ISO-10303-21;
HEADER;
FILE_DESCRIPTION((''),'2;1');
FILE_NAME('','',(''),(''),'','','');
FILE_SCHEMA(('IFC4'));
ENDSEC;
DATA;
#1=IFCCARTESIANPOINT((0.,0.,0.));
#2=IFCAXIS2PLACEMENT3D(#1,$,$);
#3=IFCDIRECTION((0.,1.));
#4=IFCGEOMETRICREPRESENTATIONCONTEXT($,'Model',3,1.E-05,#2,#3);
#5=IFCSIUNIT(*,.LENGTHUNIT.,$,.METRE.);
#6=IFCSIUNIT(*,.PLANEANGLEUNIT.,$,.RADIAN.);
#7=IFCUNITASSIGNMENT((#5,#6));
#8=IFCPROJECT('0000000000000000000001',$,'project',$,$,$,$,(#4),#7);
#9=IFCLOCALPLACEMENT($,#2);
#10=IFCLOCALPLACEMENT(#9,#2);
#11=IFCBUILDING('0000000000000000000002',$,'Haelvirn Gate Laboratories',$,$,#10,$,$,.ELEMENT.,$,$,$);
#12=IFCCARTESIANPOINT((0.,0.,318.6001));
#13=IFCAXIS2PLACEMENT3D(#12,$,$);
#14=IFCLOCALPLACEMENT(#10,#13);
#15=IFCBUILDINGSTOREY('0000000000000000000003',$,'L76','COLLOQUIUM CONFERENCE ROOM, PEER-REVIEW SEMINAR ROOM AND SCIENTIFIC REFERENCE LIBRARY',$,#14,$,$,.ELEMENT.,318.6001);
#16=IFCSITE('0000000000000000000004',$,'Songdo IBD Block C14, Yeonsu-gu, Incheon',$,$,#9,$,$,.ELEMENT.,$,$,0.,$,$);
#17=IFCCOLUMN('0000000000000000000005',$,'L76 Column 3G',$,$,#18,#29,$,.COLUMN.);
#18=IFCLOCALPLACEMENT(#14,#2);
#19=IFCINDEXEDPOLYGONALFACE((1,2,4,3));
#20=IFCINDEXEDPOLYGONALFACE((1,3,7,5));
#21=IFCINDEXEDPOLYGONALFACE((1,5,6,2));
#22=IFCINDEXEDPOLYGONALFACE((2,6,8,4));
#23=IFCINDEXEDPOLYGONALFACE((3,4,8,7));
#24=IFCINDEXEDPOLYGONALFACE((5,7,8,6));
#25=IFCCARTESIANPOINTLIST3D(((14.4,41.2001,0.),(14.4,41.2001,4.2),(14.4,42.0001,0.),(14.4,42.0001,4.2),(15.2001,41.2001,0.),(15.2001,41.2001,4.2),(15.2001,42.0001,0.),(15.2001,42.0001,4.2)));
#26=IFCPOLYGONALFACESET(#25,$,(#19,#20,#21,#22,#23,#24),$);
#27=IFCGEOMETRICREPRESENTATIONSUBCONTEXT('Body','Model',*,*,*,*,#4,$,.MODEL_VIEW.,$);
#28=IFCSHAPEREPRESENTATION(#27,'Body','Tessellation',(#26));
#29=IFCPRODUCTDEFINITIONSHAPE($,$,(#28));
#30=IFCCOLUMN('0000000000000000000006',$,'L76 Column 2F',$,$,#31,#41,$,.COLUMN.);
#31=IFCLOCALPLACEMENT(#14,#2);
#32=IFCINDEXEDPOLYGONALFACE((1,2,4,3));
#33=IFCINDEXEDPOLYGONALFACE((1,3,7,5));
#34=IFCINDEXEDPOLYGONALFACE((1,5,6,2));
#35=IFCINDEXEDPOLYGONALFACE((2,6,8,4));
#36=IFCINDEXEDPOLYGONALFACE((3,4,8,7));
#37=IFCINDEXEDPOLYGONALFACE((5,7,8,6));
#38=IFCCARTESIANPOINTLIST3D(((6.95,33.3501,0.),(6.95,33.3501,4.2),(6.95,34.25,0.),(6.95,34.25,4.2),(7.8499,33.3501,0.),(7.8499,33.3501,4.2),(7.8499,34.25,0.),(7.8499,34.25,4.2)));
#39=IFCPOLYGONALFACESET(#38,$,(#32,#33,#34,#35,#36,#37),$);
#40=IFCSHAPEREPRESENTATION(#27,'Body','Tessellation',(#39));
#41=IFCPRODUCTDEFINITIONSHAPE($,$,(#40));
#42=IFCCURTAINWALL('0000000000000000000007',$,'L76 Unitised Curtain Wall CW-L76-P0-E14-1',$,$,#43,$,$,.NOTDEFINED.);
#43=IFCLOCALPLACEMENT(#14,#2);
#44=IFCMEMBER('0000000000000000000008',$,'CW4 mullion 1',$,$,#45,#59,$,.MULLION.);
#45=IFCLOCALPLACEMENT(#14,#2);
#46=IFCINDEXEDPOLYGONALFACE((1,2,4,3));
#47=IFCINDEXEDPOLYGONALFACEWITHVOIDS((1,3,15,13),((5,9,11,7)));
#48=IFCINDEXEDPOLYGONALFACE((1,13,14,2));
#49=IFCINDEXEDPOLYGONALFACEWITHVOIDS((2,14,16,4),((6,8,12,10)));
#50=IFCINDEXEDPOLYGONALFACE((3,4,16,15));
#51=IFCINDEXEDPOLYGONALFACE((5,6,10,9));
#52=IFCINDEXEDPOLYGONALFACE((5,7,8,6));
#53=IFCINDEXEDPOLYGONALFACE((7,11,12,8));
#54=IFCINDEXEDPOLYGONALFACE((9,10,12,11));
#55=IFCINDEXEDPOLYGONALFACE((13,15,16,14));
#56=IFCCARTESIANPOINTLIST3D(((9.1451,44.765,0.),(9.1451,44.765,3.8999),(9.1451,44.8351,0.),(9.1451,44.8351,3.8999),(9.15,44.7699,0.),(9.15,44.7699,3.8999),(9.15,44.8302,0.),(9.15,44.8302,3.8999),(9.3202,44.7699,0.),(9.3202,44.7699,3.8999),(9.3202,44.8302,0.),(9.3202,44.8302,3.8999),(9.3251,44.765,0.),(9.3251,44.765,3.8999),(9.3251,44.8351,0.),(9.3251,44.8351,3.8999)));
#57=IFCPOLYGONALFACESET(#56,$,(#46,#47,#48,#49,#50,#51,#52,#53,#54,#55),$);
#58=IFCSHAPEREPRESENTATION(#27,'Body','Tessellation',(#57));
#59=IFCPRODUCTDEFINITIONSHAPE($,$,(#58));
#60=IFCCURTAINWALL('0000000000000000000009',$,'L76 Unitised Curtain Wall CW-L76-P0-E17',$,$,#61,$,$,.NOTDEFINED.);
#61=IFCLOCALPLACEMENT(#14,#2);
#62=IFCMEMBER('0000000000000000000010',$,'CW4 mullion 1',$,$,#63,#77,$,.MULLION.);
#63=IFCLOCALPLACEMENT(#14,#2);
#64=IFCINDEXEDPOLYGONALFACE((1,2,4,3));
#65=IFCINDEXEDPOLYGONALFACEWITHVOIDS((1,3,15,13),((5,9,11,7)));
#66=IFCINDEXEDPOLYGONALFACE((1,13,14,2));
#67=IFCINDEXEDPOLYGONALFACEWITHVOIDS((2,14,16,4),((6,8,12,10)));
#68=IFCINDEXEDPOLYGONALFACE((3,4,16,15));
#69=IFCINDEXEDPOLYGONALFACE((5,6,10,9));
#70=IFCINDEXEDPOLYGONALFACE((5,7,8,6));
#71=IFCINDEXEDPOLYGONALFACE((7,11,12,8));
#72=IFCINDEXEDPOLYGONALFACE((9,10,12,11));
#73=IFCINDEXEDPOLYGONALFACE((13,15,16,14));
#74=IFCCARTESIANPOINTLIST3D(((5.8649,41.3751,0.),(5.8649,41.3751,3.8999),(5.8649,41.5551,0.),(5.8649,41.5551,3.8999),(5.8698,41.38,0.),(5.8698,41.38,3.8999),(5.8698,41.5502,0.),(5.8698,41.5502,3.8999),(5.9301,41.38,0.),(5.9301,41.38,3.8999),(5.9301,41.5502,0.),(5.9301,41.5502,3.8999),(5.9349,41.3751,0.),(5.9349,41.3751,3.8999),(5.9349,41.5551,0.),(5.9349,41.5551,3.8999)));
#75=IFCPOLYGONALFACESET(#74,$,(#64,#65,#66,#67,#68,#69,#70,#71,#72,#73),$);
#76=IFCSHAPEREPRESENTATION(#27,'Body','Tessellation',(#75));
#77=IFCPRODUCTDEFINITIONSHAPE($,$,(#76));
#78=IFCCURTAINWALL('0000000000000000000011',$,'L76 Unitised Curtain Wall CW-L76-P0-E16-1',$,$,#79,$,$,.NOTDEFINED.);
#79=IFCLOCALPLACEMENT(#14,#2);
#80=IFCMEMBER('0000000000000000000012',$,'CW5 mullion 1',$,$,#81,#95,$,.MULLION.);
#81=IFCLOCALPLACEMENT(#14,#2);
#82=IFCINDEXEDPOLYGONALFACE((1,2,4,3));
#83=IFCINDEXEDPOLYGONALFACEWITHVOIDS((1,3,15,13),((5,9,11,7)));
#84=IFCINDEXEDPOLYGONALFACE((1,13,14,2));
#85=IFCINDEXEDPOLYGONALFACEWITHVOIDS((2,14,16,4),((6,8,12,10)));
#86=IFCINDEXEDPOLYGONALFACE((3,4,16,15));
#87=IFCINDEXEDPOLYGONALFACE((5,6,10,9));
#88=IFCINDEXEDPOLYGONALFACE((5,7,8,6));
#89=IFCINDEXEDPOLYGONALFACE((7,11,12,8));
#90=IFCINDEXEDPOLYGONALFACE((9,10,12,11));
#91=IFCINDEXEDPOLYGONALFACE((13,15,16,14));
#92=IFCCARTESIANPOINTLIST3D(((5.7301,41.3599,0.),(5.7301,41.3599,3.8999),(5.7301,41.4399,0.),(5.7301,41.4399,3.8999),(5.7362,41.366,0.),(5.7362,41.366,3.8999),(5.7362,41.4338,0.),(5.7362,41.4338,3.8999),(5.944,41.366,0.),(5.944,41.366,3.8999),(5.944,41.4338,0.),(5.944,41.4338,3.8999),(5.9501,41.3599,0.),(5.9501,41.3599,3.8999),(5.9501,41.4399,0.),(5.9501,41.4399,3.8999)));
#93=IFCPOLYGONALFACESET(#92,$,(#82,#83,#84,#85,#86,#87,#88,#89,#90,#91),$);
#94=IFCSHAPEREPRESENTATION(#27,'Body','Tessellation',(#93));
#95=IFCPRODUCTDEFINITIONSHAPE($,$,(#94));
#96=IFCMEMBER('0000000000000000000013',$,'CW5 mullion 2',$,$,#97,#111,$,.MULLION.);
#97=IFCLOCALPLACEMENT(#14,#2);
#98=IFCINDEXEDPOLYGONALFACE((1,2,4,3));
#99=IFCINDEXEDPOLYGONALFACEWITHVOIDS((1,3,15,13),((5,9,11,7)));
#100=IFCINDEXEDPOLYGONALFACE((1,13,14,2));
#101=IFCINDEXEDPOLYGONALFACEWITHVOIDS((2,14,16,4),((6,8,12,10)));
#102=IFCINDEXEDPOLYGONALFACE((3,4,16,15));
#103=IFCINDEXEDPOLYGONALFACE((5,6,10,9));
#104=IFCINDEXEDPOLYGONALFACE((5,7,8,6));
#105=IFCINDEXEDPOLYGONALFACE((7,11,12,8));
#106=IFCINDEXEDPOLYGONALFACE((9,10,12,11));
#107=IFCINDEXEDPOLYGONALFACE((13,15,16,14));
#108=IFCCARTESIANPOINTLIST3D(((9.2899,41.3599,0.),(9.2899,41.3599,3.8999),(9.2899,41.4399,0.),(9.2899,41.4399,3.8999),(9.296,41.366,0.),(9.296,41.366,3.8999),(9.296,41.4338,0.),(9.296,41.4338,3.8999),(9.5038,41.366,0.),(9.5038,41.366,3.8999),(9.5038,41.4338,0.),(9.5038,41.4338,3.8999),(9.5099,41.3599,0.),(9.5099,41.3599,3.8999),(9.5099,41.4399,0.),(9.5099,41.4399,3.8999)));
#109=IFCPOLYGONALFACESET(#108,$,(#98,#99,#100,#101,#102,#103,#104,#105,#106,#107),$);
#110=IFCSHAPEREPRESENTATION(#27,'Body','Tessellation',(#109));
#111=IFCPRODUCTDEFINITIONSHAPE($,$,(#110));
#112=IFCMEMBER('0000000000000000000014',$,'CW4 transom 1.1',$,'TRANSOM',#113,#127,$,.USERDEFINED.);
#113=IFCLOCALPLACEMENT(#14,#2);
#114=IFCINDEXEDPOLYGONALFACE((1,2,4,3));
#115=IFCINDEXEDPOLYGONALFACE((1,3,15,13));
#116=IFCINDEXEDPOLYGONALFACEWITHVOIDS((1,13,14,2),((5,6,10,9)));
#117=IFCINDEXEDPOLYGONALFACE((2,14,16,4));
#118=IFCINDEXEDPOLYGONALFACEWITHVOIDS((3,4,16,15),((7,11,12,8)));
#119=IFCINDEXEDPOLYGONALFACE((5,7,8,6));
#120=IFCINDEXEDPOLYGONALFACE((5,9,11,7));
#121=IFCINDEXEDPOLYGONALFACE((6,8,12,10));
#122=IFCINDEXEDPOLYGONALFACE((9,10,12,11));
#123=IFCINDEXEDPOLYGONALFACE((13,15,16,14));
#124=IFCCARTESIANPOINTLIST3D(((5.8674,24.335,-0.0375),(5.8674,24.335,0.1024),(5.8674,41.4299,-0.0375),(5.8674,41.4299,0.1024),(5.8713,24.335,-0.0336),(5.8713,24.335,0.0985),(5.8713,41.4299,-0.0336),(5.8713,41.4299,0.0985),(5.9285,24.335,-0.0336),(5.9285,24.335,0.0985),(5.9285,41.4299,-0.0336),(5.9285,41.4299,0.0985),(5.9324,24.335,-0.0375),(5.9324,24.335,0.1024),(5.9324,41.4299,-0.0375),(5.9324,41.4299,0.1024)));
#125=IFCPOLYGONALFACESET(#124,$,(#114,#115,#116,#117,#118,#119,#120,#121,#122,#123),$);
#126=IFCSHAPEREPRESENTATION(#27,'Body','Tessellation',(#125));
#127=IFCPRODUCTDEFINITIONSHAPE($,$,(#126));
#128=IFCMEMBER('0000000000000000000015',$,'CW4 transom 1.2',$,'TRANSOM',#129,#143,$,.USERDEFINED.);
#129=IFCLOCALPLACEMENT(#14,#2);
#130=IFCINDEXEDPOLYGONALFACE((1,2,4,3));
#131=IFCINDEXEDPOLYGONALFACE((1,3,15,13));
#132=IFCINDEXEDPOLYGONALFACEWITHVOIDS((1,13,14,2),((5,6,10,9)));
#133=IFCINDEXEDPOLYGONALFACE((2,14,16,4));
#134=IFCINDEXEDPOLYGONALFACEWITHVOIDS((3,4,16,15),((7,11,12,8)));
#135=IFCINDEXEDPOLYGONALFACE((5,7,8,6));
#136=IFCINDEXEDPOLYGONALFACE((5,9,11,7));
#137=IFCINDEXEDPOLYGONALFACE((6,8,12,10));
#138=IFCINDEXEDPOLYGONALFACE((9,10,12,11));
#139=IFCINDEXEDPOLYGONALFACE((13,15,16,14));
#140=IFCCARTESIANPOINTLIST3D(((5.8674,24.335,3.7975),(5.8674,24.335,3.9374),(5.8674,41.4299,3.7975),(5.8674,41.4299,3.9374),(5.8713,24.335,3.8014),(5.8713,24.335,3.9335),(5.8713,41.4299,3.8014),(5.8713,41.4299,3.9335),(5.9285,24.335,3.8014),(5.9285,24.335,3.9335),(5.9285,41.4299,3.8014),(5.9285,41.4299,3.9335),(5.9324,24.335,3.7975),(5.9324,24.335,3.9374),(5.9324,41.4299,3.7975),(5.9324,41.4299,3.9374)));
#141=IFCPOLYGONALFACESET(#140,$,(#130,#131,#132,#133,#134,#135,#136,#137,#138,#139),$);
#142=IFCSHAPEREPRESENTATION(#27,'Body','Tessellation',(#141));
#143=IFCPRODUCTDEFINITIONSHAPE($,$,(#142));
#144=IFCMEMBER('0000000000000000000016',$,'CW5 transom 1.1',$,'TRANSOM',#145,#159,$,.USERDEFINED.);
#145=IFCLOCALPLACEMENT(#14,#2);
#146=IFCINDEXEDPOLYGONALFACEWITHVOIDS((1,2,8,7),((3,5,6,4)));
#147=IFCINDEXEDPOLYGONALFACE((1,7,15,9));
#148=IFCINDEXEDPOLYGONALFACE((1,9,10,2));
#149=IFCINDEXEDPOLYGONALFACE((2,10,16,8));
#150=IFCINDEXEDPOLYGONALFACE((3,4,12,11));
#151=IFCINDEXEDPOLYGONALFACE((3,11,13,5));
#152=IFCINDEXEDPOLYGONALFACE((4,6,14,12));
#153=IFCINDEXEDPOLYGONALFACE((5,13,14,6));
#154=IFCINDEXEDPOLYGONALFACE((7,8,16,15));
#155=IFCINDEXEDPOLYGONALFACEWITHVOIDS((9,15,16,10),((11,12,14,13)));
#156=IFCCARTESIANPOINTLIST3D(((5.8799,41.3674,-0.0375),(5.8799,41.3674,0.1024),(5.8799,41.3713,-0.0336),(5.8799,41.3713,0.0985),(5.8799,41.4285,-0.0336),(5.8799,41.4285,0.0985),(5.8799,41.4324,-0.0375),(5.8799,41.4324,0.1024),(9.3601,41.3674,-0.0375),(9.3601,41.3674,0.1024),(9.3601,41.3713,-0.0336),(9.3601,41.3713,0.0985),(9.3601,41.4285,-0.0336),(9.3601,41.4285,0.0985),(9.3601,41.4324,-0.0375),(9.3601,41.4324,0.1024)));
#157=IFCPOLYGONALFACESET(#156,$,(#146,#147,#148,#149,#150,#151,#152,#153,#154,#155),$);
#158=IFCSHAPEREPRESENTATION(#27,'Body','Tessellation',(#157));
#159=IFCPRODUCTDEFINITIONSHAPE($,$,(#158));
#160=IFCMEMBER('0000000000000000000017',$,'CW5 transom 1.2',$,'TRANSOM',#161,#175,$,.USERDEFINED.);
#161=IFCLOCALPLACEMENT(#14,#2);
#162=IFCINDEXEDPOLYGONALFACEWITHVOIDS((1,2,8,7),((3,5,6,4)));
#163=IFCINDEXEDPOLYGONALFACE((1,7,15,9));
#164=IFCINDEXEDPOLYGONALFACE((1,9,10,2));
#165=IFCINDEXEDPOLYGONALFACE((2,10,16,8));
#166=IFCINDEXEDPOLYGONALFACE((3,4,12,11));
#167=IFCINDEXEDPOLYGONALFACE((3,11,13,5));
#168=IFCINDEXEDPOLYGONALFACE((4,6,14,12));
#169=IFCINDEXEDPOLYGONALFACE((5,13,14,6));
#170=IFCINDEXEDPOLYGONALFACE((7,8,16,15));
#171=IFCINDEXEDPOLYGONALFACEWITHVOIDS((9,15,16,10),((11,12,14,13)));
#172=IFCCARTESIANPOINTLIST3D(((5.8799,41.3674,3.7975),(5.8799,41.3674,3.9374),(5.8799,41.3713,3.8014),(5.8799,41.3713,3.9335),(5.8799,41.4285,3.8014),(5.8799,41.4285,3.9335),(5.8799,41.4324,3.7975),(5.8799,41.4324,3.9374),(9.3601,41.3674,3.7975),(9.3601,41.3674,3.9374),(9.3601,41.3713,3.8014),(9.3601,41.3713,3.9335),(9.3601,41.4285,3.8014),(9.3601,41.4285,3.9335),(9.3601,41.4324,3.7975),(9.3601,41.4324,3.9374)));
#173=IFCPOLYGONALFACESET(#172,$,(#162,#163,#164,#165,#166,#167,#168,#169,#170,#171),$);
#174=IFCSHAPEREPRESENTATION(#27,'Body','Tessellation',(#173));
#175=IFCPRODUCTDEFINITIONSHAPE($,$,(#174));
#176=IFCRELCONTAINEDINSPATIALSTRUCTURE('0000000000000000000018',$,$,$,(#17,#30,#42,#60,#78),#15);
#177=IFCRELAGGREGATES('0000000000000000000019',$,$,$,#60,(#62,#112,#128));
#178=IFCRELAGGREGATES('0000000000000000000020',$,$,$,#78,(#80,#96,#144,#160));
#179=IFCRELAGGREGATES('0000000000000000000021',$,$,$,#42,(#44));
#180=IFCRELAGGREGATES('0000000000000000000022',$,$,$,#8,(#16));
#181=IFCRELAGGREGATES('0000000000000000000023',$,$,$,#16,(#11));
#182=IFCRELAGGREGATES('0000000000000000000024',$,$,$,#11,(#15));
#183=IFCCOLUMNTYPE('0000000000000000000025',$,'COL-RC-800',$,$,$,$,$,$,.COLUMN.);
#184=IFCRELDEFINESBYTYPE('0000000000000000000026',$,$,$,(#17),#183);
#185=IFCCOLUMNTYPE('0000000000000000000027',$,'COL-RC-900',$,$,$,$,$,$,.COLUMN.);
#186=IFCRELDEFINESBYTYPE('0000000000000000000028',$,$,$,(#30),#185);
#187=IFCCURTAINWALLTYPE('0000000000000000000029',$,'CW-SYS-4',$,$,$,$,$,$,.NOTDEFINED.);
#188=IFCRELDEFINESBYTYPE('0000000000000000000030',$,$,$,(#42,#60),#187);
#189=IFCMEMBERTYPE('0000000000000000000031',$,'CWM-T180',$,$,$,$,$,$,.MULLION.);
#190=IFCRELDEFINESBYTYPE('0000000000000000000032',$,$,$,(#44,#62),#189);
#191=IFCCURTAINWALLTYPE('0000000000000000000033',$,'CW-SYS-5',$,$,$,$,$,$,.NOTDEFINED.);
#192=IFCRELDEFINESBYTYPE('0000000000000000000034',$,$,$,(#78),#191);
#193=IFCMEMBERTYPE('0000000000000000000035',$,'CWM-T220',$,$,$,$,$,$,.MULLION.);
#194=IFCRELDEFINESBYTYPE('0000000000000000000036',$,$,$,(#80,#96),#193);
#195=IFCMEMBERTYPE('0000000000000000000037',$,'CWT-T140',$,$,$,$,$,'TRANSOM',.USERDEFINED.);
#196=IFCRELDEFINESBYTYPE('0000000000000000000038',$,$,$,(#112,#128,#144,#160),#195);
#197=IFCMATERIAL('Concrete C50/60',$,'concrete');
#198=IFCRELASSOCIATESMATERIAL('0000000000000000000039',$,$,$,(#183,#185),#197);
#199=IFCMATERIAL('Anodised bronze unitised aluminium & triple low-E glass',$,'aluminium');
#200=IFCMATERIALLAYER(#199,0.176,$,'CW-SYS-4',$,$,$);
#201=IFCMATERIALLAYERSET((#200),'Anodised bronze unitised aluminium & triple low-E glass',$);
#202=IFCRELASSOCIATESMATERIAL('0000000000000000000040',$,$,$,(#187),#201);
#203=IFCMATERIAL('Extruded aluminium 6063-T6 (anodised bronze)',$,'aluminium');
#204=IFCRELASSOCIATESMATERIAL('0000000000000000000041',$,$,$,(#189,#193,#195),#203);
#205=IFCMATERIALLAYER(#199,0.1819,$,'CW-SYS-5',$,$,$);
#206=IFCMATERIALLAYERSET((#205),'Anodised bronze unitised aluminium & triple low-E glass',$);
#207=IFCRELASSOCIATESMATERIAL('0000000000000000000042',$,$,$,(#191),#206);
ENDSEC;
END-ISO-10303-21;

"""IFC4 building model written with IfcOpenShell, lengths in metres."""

from ifc_helpers import new_model, si_unit, direction, frame, origin, origin_2d, place, context, subcontext, project, spatial, rectangle, hollow_rectangle, extrude, source, transform, mapped, material, layer, layer_set, material_profile, profile_set, type_object, type_shapes, element, aggregate, save


model = new_model("IFC4")

# Units and contexts
model_context = context("Model", 3, precision=1e-05, world=origin(), true_north=direction((0.0, 1.0)))
body_context = subcontext(model_context, "Body", "Model", "MODEL_VIEW")
ifc_project = project(units=[si_unit("LENGTHUNIT", "METRE"), si_unit("PLANEANGLEUNIT", "RADIAN")], contexts=[model_context])

# Site, building, storey
site_placement = place(None, origin())
site = spatial("IfcSite", under=ifc_project, at=site_placement, Name="Songdo IBD Block C14, Yeonsu-gu, Incheon", CompositionType="ELEMENT", RefElevation=0.0)
building_placement = place(site_placement, origin())
building = spatial("IfcBuilding", under=site, at=building_placement, Name="Haelvirn Gate Laboratories", CompositionType="ELEMENT")
storey_placement = place(building_placement, frame((0.0, 0.0, 318.6001)))
storey = spatial("IfcBuildingStorey", under=building, at=storey_placement, Name="L76", Description="COLLOQUIUM CONFERENCE ROOM, PEER-REVIEW SEMINAR ROOM AND SCIENTIFIC REFERENCE LIBRARY", CompositionType="ELEMENT", Elevation=318.6001)

# Columns
ifc_material_1 = material(Name="Concrete C50/60", Category="concrete")
ifc_material_profile_1 = material_profile(ifc_material_1, rectangle(XDim=0.8, YDim=0.8, at=origin_2d()), Name="RC-800x800")
ifc_profile_set_1 = profile_set([ifc_material_profile_1], Name="Concrete C50/60")
column_type_1 = type_object("IfcColumnType", Name="COL-RC-800", PredefinedType="COLUMN", material=ifc_profile_set_1)
shared_shape_1 = source(origin(), body_context, "Body", "SweptSolid", [
    extrude(rectangle(XDim=0.8, YDim=0.8, at=origin_2d()), origin(), (0.0, 0.0, 1.0), 4.2),
])
type_shapes(column_type_1, [shared_shape_1])
column_1_placement = place(storey_placement, frame((14.8, 41.6001, 0.0), z_axis=(0.0, 0.0, 1.0), x_axis=(1.0, 0.0, 0.0)))
element("IfcColumn", 1, at=column_1_placement, inside=storey, type_object=column_type_1, Name="L76 Column 3G", PredefinedType="COLUMN", context=body_context, shape_type="MappedRepresentation", body=[
    mapped(shared_shape_1, transform((0.0, 0.0, 0.0), scale=1.0)),
])
ifc_material_profile_2 = material_profile(ifc_material_1, rectangle(XDim=0.8999, YDim=0.8999, at=origin_2d()), Name="RC-900x900")
ifc_profile_set_2 = profile_set([ifc_material_profile_2], Name="Concrete C50/60")
column_type_2 = type_object("IfcColumnType", Name="COL-RC-900", PredefinedType="COLUMN", material=ifc_profile_set_2)
shared_shape_2 = source(origin(), body_context, "Body", "SweptSolid", [
    extrude(rectangle(XDim=0.8999, YDim=0.8999, at=origin_2d()), origin(), (0.0, 0.0, 1.0), 4.2),
])
type_shapes(column_type_2, [shared_shape_2])
column_2_placement = place(storey_placement, frame((7.3999, 33.8, 0.0), z_axis=(0.0, 0.0, 1.0), x_axis=(1.0, 0.0, 0.0)))
element("IfcColumn", 2, at=column_2_placement, inside=storey, type_object=column_type_2, Name="L76 Column 2F", PredefinedType="COLUMN", context=body_context, shape_type="MappedRepresentation", body=[
    mapped(shared_shape_2, transform((0.0, 0.0, 0.0), scale=1.0)),
])

# Curtain walls, members
ifc_material_2 = material(Name="Anodised bronze unitised aluminium & triple low-E glass", Category="aluminium")
ifc_layer_1 = layer(ifc_material_2, 0.176, Name="CW-SYS-4")
ifc_layer_set_1 = layer_set([ifc_layer_1], Name="Anodised bronze unitised aluminium & triple low-E glass")
curtain_wall_type_1 = type_object("IfcCurtainWallType", Name="CW-SYS-4", PredefinedType="NOTDEFINED", material=ifc_layer_set_1)
curtain_wall_1_placement = place(storey_placement, origin())
curtain_wall_1 = element("IfcCurtainWall", 3, at=curtain_wall_1_placement, inside=storey, type_object=curtain_wall_type_1, Name="L76 Unitised Curtain Wall CW-L76-P0-E14-1", PredefinedType="NOTDEFINED")
ifc_material_3 = material(Name="Extruded aluminium 6063-T6 (anodised bronze)", Category="aluminium")
ifc_material_profile_3 = material_profile(ifc_material_3, hollow_rectangle(XDim=0.0701, YDim=0.1799, WallThickness=0.0049, at=origin_2d()), Name="CWM-180x70x5")
ifc_profile_set_3 = profile_set([ifc_material_profile_3], Name="Extruded aluminium 6063-T6 (anodised bronze)")
member_type_1 = type_object("IfcMemberType", Name="CWM-T180", PredefinedType="MULLION", material=ifc_profile_set_3)
shared_shape_3 = source(origin(), body_context, "Body", "SweptSolid", [
    extrude(hollow_rectangle(XDim=0.0701, YDim=0.1799, WallThickness=0.0049, at=origin_2d()), origin(), (0.0, 0.0, 1.0), 3.8999),
])
type_shapes(member_type_1, [shared_shape_3])
member_1_placement = place(storey_placement, frame((9.2351, 44.8, 0.0), z_axis=(0.0, 0.0, 1.0), x_axis=(0.0, 1.0, 0.0)))
member_1 = element("IfcMember", 4, at=member_1_placement, type_object=member_type_1, Name="CW4 mullion 1", PredefinedType="MULLION", context=body_context, shape_type="MappedRepresentation", body=[
    mapped(shared_shape_3, transform((0.0, 0.0, 0.0), scale=1.0)),
])
curtain_wall_2_placement = place(storey_placement, origin())
curtain_wall_2 = element("IfcCurtainWall", 5, at=curtain_wall_2_placement, inside=storey, type_object=curtain_wall_type_1, Name="L76 Unitised Curtain Wall CW-L76-P0-E17", PredefinedType="NOTDEFINED")
member_2_placement = place(storey_placement, frame((5.8999, 41.4651, 0.0), z_axis=(0.0, 0.0, 1.0), x_axis=(1.0, 0.0, 0.0)))
member_2 = element("IfcMember", 6, at=member_2_placement, type_object=member_type_1, Name="CW4 mullion 1", PredefinedType="MULLION", context=body_context, shape_type="MappedRepresentation", body=[
    mapped(shared_shape_3, transform((0.0, 0.0, 0.0), scale=1.0)),
])

# Curtain wall, members
ifc_layer_2 = layer(ifc_material_2, 0.1819, Name="CW-SYS-5")
ifc_layer_set_2 = layer_set([ifc_layer_2], Name="Anodised bronze unitised aluminium & triple low-E glass")
curtain_wall_type_2 = type_object("IfcCurtainWallType", Name="CW-SYS-5", PredefinedType="NOTDEFINED", material=ifc_layer_set_2)
curtain_wall_3_placement = place(storey_placement, origin())
curtain_wall_3 = element("IfcCurtainWall", 7, at=curtain_wall_3_placement, inside=storey, type_object=curtain_wall_type_2, Name="L76 Unitised Curtain Wall CW-L76-P0-E16-1", PredefinedType="NOTDEFINED")
ifc_material_profile_4 = material_profile(ifc_material_3, hollow_rectangle(XDim=0.0801, YDim=0.22, WallThickness=0.0061, at=origin_2d()), Name="CWM-220x80x6")
ifc_profile_set_4 = profile_set([ifc_material_profile_4], Name="Extruded aluminium 6063-T6 (anodised bronze)")
member_type_2 = type_object("IfcMemberType", Name="CWM-T220", PredefinedType="MULLION", material=ifc_profile_set_4)
shared_shape_4 = source(origin(), body_context, "Body", "SweptSolid", [
    extrude(hollow_rectangle(XDim=0.0801, YDim=0.22, WallThickness=0.0061, at=origin_2d()), origin(), (0.0, 0.0, 1.0), 3.8999),
])
type_shapes(member_type_2, [shared_shape_4])
member_3_placement = place(storey_placement, frame((5.8401, 41.3999, 0.0), z_axis=(0.0, 0.0, 1.0), x_axis=(0.0, 1.0, 0.0)))
member_3 = element("IfcMember", 8, at=member_3_placement, type_object=member_type_2, Name="CW5 mullion 1", PredefinedType="MULLION", context=body_context, shape_type="MappedRepresentation", body=[
    mapped(shared_shape_4, transform((0.0, 0.0, 0.0), scale=1.0)),
])
member_4_placement = place(storey_placement, frame((9.3999, 41.3999, 0.0), z_axis=(0.0, 0.0, 1.0), x_axis=(0.0, 1.0, 0.0)))
member_4 = element("IfcMember", 9, at=member_4_placement, type_object=member_type_2, Name="CW5 mullion 2", PredefinedType="MULLION", context=body_context, shape_type="MappedRepresentation", body=[
    mapped(shared_shape_4, transform((0.0, 0.0, 0.0), scale=1.0)),
])

# Members
ifc_material_profile_5 = material_profile(ifc_material_3, hollow_rectangle(XDim=0.0649, YDim=0.1399, WallThickness=0.0039, at=origin_2d()), Name="CWT-140x65x4")
ifc_profile_set_5 = profile_set([ifc_material_profile_5], Name="Extruded aluminium 6063-T6 (anodised bronze)")
member_type_3 = type_object("IfcMemberType", Name="CWT-T140", ElementType="TRANSOM", PredefinedType="USERDEFINED", material=ifc_profile_set_5)
shared_shape_5 = source(origin(), body_context, "Body", "SweptSolid", [
    extrude(hollow_rectangle(XDim=0.0649, YDim=0.1399, WallThickness=0.0039, at=origin_2d()), origin(), (0.0, 0.0, 1.0), 17.095),
])
member_5_placement = place(storey_placement, frame((5.8999, 41.4299, 0.0325), z_axis=(0.0, -1.0, 0.0), x_axis=(1.0, 0.0, 0.0)))
member_5 = element("IfcMember", 10, at=member_5_placement, type_object=member_type_3, Name="CW4 transom 1.1", ObjectType="TRANSOM", PredefinedType="USERDEFINED", context=body_context, shape_type="MappedRepresentation", body=[
    mapped(shared_shape_5, transform((0.0, 0.0, 0.0), scale=1.0)),
])
member_6_placement = place(storey_placement, frame((5.8999, 41.4299, 3.8674), z_axis=(0.0, -1.0, 0.0), x_axis=(1.0, 0.0, 0.0)))
member_6 = element("IfcMember", 11, at=member_6_placement, type_object=member_type_3, Name="CW4 transom 1.2", ObjectType="TRANSOM", PredefinedType="USERDEFINED", context=body_context, shape_type="MappedRepresentation", body=[
    mapped(shared_shape_5, transform((0.0, 0.0, 0.0), scale=1.0)),
])
aggregate(curtain_wall_2, [member_2, member_5, member_6])
shared_shape_6 = source(origin(), body_context, "Body", "SweptSolid", [
    extrude(hollow_rectangle(XDim=0.0649, YDim=0.1399, WallThickness=0.0039, at=origin_2d()), origin(), (0.0, 0.0, 1.0), 3.4802),
])
member_7_placement = place(storey_placement, frame((5.8799, 41.3999, 0.0325), z_axis=(1.0, 0.0, 0.0), x_axis=(0.0, 1.0, 0.0)))
member_7 = element("IfcMember", 12, at=member_7_placement, type_object=member_type_3, Name="CW5 transom 1.1", ObjectType="TRANSOM", PredefinedType="USERDEFINED", context=body_context, shape_type="MappedRepresentation", body=[
    mapped(shared_shape_6, transform((0.0, 0.0, 0.0), scale=1.0)),
])
member_8_placement = place(storey_placement, frame((5.8799, 41.3999, 3.8674), z_axis=(1.0, 0.0, 0.0), x_axis=(0.0, 1.0, 0.0)))
member_8 = element("IfcMember", 13, at=member_8_placement, type_object=member_type_3, Name="CW5 transom 1.2", ObjectType="TRANSOM", PredefinedType="USERDEFINED", context=body_context, shape_type="MappedRepresentation", body=[
    mapped(shared_shape_6, transform((0.0, 0.0, 0.0), scale=1.0)),
])

aggregate(curtain_wall_3, [member_3, member_4, member_7, member_8])
aggregate(curtain_wall_1, [member_1])

save(model, "model.ifc")
